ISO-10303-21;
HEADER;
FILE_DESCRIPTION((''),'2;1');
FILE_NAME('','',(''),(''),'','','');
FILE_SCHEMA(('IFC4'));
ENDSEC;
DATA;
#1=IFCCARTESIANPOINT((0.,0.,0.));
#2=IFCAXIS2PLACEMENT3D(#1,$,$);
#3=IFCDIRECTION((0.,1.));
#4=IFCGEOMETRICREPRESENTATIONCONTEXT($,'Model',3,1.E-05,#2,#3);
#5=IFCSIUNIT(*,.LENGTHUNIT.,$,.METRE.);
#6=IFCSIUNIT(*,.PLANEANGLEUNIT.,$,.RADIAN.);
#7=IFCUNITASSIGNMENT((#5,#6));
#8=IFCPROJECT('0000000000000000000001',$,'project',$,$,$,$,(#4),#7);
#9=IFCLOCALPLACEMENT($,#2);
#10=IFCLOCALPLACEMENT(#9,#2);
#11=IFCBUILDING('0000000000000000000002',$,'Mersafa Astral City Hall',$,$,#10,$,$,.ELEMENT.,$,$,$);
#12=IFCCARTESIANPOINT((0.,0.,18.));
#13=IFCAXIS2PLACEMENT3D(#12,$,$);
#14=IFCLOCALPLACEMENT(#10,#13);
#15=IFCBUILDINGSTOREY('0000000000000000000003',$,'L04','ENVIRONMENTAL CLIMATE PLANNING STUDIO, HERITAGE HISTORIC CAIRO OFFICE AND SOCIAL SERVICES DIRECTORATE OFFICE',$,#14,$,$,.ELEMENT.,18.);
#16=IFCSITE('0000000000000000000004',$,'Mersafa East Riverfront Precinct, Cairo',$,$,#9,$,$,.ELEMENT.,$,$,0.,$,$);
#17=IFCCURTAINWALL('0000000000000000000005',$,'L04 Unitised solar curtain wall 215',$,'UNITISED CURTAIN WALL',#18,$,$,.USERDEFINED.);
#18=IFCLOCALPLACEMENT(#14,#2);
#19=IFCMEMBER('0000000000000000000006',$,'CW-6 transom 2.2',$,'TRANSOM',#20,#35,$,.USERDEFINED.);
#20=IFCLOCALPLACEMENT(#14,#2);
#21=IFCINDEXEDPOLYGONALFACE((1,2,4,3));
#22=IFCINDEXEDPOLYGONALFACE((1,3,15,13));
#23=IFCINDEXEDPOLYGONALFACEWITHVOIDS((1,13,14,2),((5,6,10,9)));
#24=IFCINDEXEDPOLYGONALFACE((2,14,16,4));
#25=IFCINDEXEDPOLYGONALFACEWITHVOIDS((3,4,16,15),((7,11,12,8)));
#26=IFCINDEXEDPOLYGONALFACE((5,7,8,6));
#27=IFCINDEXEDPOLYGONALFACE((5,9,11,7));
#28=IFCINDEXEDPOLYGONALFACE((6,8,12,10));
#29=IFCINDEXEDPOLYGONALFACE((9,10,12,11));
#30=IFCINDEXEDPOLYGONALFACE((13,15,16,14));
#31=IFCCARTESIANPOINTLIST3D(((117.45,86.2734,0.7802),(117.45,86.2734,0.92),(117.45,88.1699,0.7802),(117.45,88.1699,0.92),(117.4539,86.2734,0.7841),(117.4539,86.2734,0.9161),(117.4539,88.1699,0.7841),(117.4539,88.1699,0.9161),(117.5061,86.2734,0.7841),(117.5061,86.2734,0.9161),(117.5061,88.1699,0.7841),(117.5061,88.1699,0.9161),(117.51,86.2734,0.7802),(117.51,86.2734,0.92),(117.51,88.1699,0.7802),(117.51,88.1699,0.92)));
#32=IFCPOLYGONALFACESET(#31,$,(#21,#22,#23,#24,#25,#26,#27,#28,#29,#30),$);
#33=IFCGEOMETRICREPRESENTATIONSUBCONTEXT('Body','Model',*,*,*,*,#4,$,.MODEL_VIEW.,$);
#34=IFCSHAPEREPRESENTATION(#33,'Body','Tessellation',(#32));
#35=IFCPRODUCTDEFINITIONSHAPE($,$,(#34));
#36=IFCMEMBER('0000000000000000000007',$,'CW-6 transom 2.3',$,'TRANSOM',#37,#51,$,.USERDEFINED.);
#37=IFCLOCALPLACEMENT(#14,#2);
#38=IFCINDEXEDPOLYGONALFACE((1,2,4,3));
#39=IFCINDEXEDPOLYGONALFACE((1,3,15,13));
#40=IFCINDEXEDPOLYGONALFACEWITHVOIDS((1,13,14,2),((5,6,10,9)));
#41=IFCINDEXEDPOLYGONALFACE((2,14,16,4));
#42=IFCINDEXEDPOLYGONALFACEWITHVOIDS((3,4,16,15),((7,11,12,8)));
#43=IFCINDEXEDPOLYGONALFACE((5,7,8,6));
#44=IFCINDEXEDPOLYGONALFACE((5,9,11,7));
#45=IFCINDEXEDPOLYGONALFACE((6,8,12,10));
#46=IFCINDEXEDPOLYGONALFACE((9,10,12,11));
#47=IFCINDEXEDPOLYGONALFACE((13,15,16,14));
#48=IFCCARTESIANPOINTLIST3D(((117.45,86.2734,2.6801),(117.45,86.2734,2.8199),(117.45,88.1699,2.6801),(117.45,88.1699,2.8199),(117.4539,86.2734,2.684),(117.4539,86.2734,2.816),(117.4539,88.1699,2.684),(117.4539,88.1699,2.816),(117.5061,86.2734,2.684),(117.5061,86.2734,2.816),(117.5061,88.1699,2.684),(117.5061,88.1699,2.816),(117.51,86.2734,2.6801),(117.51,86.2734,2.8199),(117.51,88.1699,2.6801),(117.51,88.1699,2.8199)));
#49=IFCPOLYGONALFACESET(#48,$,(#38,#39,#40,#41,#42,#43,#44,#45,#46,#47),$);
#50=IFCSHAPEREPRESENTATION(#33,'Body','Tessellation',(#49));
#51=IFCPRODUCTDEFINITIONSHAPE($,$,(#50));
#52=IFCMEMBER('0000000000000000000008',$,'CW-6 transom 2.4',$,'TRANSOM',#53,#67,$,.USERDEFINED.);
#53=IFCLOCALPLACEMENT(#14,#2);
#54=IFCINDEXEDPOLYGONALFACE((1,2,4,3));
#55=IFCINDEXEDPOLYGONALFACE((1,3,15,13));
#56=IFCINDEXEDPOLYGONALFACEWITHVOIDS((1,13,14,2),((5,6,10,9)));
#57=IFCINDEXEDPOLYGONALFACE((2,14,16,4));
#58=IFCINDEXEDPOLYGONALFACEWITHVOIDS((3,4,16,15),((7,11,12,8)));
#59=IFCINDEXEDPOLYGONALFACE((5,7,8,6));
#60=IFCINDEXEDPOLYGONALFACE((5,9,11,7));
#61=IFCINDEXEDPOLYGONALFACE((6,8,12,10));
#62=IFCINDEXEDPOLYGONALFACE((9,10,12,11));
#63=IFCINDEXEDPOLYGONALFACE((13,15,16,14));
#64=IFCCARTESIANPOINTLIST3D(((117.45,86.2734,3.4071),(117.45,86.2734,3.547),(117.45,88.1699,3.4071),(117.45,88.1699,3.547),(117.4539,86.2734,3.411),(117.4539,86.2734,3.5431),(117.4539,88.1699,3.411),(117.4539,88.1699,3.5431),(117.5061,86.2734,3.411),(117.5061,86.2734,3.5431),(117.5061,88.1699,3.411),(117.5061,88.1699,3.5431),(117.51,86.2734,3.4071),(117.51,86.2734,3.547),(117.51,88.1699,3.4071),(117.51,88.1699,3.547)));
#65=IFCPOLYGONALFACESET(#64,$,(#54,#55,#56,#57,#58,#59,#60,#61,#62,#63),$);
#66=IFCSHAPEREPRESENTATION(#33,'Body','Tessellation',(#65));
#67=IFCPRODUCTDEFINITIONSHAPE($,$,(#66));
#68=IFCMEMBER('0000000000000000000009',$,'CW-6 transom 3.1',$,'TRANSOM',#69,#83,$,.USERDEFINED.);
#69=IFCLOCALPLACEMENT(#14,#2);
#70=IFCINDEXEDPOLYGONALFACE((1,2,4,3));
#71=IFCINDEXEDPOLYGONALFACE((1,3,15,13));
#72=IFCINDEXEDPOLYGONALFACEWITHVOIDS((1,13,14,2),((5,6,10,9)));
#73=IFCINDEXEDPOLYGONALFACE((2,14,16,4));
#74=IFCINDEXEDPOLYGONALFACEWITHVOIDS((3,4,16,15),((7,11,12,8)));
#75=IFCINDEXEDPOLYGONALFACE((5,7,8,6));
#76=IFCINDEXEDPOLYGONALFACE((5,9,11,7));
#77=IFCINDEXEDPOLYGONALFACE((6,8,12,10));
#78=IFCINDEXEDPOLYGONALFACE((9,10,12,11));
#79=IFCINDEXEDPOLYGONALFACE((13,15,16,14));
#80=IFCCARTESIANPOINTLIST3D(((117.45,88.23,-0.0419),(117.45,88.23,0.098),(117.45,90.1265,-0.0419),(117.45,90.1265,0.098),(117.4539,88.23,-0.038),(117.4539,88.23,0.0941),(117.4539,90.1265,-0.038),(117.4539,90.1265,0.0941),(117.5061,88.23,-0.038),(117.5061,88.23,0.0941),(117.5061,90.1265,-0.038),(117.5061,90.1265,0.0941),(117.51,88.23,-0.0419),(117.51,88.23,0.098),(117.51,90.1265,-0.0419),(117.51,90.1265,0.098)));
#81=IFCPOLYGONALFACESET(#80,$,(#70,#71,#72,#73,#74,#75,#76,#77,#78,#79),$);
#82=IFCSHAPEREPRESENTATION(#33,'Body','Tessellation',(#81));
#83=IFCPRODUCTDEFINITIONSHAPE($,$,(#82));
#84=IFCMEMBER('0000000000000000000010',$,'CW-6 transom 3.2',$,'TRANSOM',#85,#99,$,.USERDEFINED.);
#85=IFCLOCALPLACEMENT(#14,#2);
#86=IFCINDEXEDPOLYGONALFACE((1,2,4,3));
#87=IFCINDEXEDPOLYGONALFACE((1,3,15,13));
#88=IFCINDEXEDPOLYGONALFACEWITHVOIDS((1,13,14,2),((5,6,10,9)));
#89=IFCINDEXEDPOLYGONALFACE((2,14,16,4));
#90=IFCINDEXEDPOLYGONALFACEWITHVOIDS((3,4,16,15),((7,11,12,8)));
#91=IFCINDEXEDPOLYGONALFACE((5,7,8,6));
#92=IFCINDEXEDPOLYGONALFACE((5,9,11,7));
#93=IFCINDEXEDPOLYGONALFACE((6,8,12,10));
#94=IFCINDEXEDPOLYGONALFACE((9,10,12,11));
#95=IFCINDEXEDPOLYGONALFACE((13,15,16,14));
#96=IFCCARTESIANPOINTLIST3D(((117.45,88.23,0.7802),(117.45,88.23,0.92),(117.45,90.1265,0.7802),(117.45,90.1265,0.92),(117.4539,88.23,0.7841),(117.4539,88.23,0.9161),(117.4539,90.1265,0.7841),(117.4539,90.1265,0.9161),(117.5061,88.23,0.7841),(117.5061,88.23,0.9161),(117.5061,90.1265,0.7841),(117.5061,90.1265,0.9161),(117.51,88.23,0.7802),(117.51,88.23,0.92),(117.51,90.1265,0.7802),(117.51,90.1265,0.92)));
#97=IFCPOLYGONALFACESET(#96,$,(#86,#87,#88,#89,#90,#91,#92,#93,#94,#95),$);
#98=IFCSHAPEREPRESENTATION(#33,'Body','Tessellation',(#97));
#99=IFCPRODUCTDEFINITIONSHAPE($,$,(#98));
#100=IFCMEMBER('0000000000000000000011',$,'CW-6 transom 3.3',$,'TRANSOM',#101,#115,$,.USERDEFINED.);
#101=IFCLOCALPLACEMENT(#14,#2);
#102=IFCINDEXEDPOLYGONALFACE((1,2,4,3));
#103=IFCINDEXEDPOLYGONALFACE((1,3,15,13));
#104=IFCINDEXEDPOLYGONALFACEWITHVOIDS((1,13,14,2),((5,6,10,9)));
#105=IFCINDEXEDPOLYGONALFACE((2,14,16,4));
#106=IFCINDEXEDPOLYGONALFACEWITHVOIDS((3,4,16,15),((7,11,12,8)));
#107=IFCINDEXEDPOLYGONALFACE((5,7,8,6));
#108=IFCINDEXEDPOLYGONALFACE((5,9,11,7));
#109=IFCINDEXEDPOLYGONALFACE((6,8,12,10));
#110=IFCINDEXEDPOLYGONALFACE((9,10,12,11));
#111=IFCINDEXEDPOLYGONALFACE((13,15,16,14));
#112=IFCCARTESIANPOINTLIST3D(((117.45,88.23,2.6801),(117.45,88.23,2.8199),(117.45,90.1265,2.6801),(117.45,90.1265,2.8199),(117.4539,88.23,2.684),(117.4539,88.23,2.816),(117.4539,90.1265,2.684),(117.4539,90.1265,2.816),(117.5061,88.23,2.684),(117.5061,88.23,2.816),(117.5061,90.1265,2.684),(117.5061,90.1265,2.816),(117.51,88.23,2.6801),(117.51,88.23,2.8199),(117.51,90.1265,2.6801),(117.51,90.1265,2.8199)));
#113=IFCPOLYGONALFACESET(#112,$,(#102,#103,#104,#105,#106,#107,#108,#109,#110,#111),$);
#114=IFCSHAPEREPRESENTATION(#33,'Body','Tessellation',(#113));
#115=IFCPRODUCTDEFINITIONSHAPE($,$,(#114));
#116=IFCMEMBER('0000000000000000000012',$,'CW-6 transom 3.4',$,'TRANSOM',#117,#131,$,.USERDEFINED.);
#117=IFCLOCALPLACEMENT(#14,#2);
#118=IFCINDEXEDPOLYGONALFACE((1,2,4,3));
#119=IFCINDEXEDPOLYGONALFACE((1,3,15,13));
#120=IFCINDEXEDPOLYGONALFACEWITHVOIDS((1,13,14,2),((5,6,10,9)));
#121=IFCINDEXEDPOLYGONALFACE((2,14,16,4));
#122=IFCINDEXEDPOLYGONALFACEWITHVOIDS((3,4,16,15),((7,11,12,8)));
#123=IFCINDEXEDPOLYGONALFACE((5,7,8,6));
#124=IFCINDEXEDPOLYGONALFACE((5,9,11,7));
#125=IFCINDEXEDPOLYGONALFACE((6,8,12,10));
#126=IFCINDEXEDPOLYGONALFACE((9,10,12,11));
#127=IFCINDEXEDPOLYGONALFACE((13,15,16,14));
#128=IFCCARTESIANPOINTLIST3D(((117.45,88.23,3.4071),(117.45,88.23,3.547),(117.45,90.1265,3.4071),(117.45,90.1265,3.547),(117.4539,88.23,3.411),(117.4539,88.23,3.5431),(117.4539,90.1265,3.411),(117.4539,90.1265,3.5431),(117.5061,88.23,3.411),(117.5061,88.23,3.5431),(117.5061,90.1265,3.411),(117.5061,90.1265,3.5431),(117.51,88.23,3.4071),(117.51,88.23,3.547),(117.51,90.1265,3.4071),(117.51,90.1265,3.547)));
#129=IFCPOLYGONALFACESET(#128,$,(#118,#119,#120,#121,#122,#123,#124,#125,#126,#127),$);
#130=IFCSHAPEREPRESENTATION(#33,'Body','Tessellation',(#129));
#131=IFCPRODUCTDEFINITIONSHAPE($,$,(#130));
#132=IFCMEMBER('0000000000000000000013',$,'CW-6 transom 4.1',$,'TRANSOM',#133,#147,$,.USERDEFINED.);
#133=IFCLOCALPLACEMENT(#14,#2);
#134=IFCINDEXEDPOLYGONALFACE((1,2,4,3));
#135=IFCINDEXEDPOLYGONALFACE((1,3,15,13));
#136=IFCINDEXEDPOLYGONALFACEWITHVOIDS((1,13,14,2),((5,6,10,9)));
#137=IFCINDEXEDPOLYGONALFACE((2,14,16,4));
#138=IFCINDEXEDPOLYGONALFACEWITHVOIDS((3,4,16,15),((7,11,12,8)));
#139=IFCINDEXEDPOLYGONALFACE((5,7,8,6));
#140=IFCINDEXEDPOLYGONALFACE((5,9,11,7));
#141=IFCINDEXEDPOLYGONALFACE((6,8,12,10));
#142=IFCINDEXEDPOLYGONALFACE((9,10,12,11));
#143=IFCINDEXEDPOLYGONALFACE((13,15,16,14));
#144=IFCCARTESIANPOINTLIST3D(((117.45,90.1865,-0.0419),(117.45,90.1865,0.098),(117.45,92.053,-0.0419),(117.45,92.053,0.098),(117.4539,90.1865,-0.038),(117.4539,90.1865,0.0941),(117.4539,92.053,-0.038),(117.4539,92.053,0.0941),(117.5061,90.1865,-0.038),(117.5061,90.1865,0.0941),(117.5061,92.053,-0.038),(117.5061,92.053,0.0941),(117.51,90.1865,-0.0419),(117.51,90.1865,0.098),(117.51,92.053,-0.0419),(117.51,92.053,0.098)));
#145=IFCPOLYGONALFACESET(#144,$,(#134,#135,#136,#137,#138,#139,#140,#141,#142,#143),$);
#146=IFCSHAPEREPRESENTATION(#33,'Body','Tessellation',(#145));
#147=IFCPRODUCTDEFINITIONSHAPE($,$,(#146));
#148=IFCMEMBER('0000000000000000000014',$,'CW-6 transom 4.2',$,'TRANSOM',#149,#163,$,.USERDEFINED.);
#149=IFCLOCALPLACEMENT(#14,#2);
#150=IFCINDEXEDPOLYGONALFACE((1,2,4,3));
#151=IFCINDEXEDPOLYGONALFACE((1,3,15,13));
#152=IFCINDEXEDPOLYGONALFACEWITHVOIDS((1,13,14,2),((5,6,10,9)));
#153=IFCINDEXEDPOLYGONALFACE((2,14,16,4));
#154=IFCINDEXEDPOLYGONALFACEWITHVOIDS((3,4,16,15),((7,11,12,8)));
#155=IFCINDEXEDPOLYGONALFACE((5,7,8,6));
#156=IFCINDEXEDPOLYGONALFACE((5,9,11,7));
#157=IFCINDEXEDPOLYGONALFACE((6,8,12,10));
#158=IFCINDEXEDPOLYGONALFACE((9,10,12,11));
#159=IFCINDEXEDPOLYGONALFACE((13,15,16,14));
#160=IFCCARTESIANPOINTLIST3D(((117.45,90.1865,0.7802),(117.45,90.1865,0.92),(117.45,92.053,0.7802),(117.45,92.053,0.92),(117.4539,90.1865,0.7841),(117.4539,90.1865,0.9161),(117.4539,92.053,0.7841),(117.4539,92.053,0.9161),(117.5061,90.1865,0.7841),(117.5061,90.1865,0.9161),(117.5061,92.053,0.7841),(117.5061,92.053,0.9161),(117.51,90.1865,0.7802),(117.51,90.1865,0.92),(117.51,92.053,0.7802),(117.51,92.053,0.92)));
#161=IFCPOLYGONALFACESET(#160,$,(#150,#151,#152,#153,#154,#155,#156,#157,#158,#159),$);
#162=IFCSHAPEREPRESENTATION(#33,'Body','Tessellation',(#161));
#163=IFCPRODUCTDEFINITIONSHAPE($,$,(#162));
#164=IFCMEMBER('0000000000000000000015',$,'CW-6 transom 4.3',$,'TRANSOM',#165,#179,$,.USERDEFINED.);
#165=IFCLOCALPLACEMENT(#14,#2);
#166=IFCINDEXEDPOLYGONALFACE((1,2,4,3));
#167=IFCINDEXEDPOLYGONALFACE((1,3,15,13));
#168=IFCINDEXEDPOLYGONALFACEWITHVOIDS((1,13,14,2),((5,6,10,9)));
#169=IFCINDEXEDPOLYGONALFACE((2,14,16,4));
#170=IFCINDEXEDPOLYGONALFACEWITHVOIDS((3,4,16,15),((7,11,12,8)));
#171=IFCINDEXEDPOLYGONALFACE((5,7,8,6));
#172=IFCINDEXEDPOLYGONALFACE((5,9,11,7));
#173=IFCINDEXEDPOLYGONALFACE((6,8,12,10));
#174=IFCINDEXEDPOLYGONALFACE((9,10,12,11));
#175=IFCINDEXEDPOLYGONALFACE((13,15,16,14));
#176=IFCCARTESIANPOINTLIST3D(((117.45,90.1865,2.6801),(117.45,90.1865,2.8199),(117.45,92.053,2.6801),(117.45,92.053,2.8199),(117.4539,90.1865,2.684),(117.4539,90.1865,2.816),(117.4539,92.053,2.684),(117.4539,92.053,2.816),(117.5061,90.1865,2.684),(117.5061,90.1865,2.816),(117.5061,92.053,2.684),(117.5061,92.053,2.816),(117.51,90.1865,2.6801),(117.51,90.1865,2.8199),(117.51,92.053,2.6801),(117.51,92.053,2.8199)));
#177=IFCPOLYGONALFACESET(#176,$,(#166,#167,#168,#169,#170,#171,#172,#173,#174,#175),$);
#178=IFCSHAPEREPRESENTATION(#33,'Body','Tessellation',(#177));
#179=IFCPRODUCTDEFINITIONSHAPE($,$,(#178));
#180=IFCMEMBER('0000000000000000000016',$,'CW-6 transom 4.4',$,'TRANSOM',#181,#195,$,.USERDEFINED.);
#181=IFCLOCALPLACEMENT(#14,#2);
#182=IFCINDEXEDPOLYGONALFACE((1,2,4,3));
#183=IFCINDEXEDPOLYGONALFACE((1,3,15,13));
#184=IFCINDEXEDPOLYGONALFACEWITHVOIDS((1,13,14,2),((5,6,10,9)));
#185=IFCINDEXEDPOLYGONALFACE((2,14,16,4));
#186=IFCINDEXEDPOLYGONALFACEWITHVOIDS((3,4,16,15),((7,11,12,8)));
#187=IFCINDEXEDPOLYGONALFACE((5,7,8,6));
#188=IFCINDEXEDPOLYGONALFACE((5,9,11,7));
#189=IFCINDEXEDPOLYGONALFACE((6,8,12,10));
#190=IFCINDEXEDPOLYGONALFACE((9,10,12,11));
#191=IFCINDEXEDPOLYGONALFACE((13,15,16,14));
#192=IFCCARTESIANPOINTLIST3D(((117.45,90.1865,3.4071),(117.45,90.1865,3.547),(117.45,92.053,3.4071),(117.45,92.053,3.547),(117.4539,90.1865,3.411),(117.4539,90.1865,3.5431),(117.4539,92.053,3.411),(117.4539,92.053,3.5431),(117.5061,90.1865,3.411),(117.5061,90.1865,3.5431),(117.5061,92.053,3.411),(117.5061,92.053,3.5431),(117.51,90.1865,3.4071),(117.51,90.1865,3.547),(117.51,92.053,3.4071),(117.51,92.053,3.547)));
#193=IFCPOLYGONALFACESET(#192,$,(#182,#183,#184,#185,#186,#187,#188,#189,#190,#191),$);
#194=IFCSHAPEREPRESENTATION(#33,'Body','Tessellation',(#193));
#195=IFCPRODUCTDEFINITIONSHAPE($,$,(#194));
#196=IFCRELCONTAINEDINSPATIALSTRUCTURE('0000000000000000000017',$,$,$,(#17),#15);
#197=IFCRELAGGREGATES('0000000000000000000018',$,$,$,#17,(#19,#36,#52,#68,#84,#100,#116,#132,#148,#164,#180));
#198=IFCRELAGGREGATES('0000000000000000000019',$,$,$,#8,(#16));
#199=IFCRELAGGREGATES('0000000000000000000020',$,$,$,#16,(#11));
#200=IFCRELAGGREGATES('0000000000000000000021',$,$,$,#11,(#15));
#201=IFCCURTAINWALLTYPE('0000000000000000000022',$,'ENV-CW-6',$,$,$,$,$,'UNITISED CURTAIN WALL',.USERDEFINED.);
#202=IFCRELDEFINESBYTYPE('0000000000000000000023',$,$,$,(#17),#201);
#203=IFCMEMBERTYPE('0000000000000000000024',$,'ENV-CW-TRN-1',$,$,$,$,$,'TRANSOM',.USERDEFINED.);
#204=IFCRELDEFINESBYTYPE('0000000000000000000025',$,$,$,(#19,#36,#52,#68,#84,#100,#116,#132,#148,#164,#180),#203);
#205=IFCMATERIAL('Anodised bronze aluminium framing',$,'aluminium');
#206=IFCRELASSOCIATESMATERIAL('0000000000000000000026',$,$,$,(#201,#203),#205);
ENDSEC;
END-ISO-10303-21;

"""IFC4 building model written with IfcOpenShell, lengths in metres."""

from ifc_helpers import new_model, si_unit, direction, frame, origin, origin_2d, place, context, subcontext, project, spatial, hollow_rectangle, extrude, material, material_profile, profile_set, type_object, element, aggregate, save


model = new_model("IFC4")

# Units and contexts
model_context = context("Model", 3, precision=1e-05, world=origin(), true_north=direction((0.0, 1.0)))
body_context = subcontext(model_context, "Body", "Model", "MODEL_VIEW")
ifc_project = project(units=[si_unit("LENGTHUNIT", "METRE"), si_unit("PLANEANGLEUNIT", "RADIAN")], contexts=[model_context])

# Site, building, storey
site_placement = place(None, origin())
site = spatial("IfcSite", under=ifc_project, at=site_placement, Name="Mersafa East Riverfront Precinct, Cairo", CompositionType="ELEMENT", RefElevation=0.0)
building_placement = place(site_placement, origin())
building = spatial("IfcBuilding", under=site, at=building_placement, Name="Mersafa Astral City Hall", CompositionType="ELEMENT")
storey_placement = place(building_placement, frame((0.0, 0.0, 18.0)))
storey = spatial("IfcBuildingStorey", under=building, at=storey_placement, Name="L04", Description="ENVIRONMENTAL CLIMATE PLANNING STUDIO, HERITAGE HISTORIC CAIRO OFFICE AND SOCIAL SERVICES DIRECTORATE OFFICE", CompositionType="ELEMENT", Elevation=18.0)

# Curtain wall, members
ifc_material_1 = material(Name="Anodised bronze aluminium framing", Category="aluminium")
curtain_wall_type = type_object("IfcCurtainWallType", Name="ENV-CW-6", ElementType="UNITISED CURTAIN WALL", PredefinedType="USERDEFINED", material=ifc_material_1)
curtain_wall_placement = place(storey_placement, origin())
curtain_wall = element("IfcCurtainWall", 1, at=curtain_wall_placement, inside=storey, type_object=curtain_wall_type, Name="L04 Unitised solar curtain wall 215", ObjectType="UNITISED CURTAIN WALL", PredefinedType="USERDEFINED")
ifc_material_profile_1 = material_profile(ifc_material_1, hollow_rectangle(XDim=0.0601, YDim=0.1399, WallThickness=0.0039, at=origin_2d()), Name="RHS 60x140x4")
ifc_profile_set_1 = profile_set([ifc_material_profile_1], Name="Anodised bronze aluminium framing")
member_type_1 = type_object("IfcMemberType", Name="ENV-CW-TRN-1", ElementType="TRANSOM", PredefinedType="USERDEFINED", material=ifc_profile_set_1)
member_1_placement = place(storey_placement, frame((117.48, 86.2734, 0.8501), z_axis=(0.0, 1.0, 0.0), x_axis=(-1.0, 0.0, 0.0)))
member_1 = element("IfcMember", 2, at=member_1_placement, type_object=member_type_1, Name="CW-6 transom 2.2", ObjectType="TRANSOM", PredefinedType="USERDEFINED", context=body_context, shape_type="SweptSolid", body=[
    extrude(hollow_rectangle(XDim=0.0601, YDim=0.1399, WallThickness=0.0039, at=origin_2d()), origin(), (0.0, 0.0, 1.0), 1.8965),
])
member_2_placement = place(storey_placement, frame((117.48, 86.2734, 2.75), z_axis=(0.0, 1.0, 0.0), x_axis=(-1.0, 0.0, 0.0)))
member_2 = element("IfcMember", 3, at=member_2_placement, type_object=member_type_1, Name="CW-6 transom 2.3", ObjectType="TRANSOM", PredefinedType="USERDEFINED", context=body_context, shape_type="SweptSolid", body=[
    extrude(hollow_rectangle(XDim=0.0601, YDim=0.1399, WallThickness=0.0039, at=origin_2d()), origin(), (0.0, 0.0, 1.0), 1.8965),
])
member_3_placement = place(storey_placement, frame((117.48, 86.2734, 3.4771), z_axis=(0.0, 1.0, 0.0), x_axis=(-1.0, 0.0, 0.0)))
member_3 = element("IfcMember", 4, at=member_3_placement, type_object=member_type_1, Name="CW-6 transom 2.4", ObjectType="TRANSOM", PredefinedType="USERDEFINED", context=body_context, shape_type="SweptSolid", body=[
    extrude(hollow_rectangle(XDim=0.0601, YDim=0.1399, WallThickness=0.0039, at=origin_2d()), origin(), (0.0, 0.0, 1.0), 1.8965),
])
member_4_placement = place(storey_placement, frame((117.48, 88.23, 0.0281), z_axis=(0.0, 1.0, 0.0), x_axis=(-1.0, 0.0, 0.0)))
member_4 = element("IfcMember", 5, at=member_4_placement, type_object=member_type_1, Name="CW-6 transom 3.1", ObjectType="TRANSOM", PredefinedType="USERDEFINED", context=body_context, shape_type="SweptSolid", body=[
    extrude(hollow_rectangle(XDim=0.0601, YDim=0.1399, WallThickness=0.0039, at=origin_2d()), origin(), (0.0, 0.0, 1.0), 1.8965),
])
member_5_placement = place(storey_placement, frame((117.48, 88.23, 0.8501), z_axis=(0.0, 1.0, 0.0), x_axis=(-1.0, 0.0, 0.0)))
member_5 = element("IfcMember", 6, at=member_5_placement, type_object=member_type_1, Name="CW-6 transom 3.2", ObjectType="TRANSOM", PredefinedType="USERDEFINED", context=body_context, shape_type="SweptSolid", body=[
    extrude(hollow_rectangle(XDim=0.0601, YDim=0.1399, WallThickness=0.0039, at=origin_2d()), origin(), (0.0, 0.0, 1.0), 1.8965),
])
member_6_placement = place(storey_placement, frame((117.48, 88.23, 2.75), z_axis=(0.0, 1.0, 0.0), x_axis=(-1.0, 0.0, 0.0)))
member_6 = element("IfcMember", 7, at=member_6_placement, type_object=member_type_1, Name="CW-6 transom 3.3", ObjectType="TRANSOM", PredefinedType="USERDEFINED", context=body_context, shape_type="SweptSolid", body=[
    extrude(hollow_rectangle(XDim=0.0601, YDim=0.1399, WallThickness=0.0039, at=origin_2d()), origin(), (0.0, 0.0, 1.0), 1.8965),
])
member_7_placement = place(storey_placement, frame((117.48, 88.23, 3.4771), z_axis=(0.0, 1.0, 0.0), x_axis=(-1.0, 0.0, 0.0)))
member_7 = element("IfcMember", 8, at=member_7_placement, type_object=member_type_1, Name="CW-6 transom 3.4", ObjectType="TRANSOM", PredefinedType="USERDEFINED", context=body_context, shape_type="SweptSolid", body=[
    extrude(hollow_rectangle(XDim=0.0601, YDim=0.1399, WallThickness=0.0039, at=origin_2d()), origin(), (0.0, 0.0, 1.0), 1.8965),
])
member_8_placement = place(storey_placement, frame((117.48, 90.1865, 0.0281), z_axis=(0.0, 1.0, 0.0), x_axis=(-1.0, 0.0, 0.0)))
member_8 = element("IfcMember", 9, at=member_8_placement, type_object=member_type_1, Name="CW-6 transom 4.1", ObjectType="TRANSOM", PredefinedType="USERDEFINED", context=body_context, shape_type="SweptSolid", body=[
    extrude(hollow_rectangle(XDim=0.0601, YDim=0.1399, WallThickness=0.0039, at=origin_2d()), origin(), (0.0, 0.0, 1.0), 1.8665),
])
member_9_placement = place(storey_placement, frame((117.48, 90.1865, 0.8501), z_axis=(0.0, 1.0, 0.0), x_axis=(-1.0, 0.0, 0.0)))
member_9 = element("IfcMember", 10, at=member_9_placement, type_object=member_type_1, Name="CW-6 transom 4.2", ObjectType="TRANSOM", PredefinedType="USERDEFINED", context=body_context, shape_type="SweptSolid", body=[
    extrude(hollow_rectangle(XDim=0.0601, YDim=0.1399, WallThickness=0.0039, at=origin_2d()), origin(), (0.0, 0.0, 1.0), 1.8665),
])
member_10_placement = place(storey_placement, frame((117.48, 90.1865, 2.75), z_axis=(0.0, 1.0, 0.0), x_axis=(-1.0, 0.0, 0.0)))
member_10 = element("IfcMember", 11, at=member_10_placement, type_object=member_type_1, Name="CW-6 transom 4.3", ObjectType="TRANSOM", PredefinedType="USERDEFINED", context=body_context, shape_type="SweptSolid", body=[
    extrude(hollow_rectangle(XDim=0.0601, YDim=0.1399, WallThickness=0.0039, at=origin_2d()), origin(), (0.0, 0.0, 1.0), 1.8665),
])
member_11_placement = place(storey_placement, frame((117.48, 90.1865, 3.4771), z_axis=(0.0, 1.0, 0.0), x_axis=(-1.0, 0.0, 0.0)))
member_11 = element("IfcMember", 12, at=member_11_placement, type_object=member_type_1, Name="CW-6 transom 4.4", ObjectType="TRANSOM", PredefinedType="USERDEFINED", context=body_context, shape_type="SweptSolid", body=[
    extrude(hollow_rectangle(XDim=0.0601, YDim=0.1399, WallThickness=0.0039, at=origin_2d()), origin(), (0.0, 0.0, 1.0), 1.8665),
])

aggregate(curtain_wall, [member_1, member_2, member_3, member_4, member_5, member_6, member_7, member_8, member_9, member_10, member_11])

save(model, "model.ifc")
